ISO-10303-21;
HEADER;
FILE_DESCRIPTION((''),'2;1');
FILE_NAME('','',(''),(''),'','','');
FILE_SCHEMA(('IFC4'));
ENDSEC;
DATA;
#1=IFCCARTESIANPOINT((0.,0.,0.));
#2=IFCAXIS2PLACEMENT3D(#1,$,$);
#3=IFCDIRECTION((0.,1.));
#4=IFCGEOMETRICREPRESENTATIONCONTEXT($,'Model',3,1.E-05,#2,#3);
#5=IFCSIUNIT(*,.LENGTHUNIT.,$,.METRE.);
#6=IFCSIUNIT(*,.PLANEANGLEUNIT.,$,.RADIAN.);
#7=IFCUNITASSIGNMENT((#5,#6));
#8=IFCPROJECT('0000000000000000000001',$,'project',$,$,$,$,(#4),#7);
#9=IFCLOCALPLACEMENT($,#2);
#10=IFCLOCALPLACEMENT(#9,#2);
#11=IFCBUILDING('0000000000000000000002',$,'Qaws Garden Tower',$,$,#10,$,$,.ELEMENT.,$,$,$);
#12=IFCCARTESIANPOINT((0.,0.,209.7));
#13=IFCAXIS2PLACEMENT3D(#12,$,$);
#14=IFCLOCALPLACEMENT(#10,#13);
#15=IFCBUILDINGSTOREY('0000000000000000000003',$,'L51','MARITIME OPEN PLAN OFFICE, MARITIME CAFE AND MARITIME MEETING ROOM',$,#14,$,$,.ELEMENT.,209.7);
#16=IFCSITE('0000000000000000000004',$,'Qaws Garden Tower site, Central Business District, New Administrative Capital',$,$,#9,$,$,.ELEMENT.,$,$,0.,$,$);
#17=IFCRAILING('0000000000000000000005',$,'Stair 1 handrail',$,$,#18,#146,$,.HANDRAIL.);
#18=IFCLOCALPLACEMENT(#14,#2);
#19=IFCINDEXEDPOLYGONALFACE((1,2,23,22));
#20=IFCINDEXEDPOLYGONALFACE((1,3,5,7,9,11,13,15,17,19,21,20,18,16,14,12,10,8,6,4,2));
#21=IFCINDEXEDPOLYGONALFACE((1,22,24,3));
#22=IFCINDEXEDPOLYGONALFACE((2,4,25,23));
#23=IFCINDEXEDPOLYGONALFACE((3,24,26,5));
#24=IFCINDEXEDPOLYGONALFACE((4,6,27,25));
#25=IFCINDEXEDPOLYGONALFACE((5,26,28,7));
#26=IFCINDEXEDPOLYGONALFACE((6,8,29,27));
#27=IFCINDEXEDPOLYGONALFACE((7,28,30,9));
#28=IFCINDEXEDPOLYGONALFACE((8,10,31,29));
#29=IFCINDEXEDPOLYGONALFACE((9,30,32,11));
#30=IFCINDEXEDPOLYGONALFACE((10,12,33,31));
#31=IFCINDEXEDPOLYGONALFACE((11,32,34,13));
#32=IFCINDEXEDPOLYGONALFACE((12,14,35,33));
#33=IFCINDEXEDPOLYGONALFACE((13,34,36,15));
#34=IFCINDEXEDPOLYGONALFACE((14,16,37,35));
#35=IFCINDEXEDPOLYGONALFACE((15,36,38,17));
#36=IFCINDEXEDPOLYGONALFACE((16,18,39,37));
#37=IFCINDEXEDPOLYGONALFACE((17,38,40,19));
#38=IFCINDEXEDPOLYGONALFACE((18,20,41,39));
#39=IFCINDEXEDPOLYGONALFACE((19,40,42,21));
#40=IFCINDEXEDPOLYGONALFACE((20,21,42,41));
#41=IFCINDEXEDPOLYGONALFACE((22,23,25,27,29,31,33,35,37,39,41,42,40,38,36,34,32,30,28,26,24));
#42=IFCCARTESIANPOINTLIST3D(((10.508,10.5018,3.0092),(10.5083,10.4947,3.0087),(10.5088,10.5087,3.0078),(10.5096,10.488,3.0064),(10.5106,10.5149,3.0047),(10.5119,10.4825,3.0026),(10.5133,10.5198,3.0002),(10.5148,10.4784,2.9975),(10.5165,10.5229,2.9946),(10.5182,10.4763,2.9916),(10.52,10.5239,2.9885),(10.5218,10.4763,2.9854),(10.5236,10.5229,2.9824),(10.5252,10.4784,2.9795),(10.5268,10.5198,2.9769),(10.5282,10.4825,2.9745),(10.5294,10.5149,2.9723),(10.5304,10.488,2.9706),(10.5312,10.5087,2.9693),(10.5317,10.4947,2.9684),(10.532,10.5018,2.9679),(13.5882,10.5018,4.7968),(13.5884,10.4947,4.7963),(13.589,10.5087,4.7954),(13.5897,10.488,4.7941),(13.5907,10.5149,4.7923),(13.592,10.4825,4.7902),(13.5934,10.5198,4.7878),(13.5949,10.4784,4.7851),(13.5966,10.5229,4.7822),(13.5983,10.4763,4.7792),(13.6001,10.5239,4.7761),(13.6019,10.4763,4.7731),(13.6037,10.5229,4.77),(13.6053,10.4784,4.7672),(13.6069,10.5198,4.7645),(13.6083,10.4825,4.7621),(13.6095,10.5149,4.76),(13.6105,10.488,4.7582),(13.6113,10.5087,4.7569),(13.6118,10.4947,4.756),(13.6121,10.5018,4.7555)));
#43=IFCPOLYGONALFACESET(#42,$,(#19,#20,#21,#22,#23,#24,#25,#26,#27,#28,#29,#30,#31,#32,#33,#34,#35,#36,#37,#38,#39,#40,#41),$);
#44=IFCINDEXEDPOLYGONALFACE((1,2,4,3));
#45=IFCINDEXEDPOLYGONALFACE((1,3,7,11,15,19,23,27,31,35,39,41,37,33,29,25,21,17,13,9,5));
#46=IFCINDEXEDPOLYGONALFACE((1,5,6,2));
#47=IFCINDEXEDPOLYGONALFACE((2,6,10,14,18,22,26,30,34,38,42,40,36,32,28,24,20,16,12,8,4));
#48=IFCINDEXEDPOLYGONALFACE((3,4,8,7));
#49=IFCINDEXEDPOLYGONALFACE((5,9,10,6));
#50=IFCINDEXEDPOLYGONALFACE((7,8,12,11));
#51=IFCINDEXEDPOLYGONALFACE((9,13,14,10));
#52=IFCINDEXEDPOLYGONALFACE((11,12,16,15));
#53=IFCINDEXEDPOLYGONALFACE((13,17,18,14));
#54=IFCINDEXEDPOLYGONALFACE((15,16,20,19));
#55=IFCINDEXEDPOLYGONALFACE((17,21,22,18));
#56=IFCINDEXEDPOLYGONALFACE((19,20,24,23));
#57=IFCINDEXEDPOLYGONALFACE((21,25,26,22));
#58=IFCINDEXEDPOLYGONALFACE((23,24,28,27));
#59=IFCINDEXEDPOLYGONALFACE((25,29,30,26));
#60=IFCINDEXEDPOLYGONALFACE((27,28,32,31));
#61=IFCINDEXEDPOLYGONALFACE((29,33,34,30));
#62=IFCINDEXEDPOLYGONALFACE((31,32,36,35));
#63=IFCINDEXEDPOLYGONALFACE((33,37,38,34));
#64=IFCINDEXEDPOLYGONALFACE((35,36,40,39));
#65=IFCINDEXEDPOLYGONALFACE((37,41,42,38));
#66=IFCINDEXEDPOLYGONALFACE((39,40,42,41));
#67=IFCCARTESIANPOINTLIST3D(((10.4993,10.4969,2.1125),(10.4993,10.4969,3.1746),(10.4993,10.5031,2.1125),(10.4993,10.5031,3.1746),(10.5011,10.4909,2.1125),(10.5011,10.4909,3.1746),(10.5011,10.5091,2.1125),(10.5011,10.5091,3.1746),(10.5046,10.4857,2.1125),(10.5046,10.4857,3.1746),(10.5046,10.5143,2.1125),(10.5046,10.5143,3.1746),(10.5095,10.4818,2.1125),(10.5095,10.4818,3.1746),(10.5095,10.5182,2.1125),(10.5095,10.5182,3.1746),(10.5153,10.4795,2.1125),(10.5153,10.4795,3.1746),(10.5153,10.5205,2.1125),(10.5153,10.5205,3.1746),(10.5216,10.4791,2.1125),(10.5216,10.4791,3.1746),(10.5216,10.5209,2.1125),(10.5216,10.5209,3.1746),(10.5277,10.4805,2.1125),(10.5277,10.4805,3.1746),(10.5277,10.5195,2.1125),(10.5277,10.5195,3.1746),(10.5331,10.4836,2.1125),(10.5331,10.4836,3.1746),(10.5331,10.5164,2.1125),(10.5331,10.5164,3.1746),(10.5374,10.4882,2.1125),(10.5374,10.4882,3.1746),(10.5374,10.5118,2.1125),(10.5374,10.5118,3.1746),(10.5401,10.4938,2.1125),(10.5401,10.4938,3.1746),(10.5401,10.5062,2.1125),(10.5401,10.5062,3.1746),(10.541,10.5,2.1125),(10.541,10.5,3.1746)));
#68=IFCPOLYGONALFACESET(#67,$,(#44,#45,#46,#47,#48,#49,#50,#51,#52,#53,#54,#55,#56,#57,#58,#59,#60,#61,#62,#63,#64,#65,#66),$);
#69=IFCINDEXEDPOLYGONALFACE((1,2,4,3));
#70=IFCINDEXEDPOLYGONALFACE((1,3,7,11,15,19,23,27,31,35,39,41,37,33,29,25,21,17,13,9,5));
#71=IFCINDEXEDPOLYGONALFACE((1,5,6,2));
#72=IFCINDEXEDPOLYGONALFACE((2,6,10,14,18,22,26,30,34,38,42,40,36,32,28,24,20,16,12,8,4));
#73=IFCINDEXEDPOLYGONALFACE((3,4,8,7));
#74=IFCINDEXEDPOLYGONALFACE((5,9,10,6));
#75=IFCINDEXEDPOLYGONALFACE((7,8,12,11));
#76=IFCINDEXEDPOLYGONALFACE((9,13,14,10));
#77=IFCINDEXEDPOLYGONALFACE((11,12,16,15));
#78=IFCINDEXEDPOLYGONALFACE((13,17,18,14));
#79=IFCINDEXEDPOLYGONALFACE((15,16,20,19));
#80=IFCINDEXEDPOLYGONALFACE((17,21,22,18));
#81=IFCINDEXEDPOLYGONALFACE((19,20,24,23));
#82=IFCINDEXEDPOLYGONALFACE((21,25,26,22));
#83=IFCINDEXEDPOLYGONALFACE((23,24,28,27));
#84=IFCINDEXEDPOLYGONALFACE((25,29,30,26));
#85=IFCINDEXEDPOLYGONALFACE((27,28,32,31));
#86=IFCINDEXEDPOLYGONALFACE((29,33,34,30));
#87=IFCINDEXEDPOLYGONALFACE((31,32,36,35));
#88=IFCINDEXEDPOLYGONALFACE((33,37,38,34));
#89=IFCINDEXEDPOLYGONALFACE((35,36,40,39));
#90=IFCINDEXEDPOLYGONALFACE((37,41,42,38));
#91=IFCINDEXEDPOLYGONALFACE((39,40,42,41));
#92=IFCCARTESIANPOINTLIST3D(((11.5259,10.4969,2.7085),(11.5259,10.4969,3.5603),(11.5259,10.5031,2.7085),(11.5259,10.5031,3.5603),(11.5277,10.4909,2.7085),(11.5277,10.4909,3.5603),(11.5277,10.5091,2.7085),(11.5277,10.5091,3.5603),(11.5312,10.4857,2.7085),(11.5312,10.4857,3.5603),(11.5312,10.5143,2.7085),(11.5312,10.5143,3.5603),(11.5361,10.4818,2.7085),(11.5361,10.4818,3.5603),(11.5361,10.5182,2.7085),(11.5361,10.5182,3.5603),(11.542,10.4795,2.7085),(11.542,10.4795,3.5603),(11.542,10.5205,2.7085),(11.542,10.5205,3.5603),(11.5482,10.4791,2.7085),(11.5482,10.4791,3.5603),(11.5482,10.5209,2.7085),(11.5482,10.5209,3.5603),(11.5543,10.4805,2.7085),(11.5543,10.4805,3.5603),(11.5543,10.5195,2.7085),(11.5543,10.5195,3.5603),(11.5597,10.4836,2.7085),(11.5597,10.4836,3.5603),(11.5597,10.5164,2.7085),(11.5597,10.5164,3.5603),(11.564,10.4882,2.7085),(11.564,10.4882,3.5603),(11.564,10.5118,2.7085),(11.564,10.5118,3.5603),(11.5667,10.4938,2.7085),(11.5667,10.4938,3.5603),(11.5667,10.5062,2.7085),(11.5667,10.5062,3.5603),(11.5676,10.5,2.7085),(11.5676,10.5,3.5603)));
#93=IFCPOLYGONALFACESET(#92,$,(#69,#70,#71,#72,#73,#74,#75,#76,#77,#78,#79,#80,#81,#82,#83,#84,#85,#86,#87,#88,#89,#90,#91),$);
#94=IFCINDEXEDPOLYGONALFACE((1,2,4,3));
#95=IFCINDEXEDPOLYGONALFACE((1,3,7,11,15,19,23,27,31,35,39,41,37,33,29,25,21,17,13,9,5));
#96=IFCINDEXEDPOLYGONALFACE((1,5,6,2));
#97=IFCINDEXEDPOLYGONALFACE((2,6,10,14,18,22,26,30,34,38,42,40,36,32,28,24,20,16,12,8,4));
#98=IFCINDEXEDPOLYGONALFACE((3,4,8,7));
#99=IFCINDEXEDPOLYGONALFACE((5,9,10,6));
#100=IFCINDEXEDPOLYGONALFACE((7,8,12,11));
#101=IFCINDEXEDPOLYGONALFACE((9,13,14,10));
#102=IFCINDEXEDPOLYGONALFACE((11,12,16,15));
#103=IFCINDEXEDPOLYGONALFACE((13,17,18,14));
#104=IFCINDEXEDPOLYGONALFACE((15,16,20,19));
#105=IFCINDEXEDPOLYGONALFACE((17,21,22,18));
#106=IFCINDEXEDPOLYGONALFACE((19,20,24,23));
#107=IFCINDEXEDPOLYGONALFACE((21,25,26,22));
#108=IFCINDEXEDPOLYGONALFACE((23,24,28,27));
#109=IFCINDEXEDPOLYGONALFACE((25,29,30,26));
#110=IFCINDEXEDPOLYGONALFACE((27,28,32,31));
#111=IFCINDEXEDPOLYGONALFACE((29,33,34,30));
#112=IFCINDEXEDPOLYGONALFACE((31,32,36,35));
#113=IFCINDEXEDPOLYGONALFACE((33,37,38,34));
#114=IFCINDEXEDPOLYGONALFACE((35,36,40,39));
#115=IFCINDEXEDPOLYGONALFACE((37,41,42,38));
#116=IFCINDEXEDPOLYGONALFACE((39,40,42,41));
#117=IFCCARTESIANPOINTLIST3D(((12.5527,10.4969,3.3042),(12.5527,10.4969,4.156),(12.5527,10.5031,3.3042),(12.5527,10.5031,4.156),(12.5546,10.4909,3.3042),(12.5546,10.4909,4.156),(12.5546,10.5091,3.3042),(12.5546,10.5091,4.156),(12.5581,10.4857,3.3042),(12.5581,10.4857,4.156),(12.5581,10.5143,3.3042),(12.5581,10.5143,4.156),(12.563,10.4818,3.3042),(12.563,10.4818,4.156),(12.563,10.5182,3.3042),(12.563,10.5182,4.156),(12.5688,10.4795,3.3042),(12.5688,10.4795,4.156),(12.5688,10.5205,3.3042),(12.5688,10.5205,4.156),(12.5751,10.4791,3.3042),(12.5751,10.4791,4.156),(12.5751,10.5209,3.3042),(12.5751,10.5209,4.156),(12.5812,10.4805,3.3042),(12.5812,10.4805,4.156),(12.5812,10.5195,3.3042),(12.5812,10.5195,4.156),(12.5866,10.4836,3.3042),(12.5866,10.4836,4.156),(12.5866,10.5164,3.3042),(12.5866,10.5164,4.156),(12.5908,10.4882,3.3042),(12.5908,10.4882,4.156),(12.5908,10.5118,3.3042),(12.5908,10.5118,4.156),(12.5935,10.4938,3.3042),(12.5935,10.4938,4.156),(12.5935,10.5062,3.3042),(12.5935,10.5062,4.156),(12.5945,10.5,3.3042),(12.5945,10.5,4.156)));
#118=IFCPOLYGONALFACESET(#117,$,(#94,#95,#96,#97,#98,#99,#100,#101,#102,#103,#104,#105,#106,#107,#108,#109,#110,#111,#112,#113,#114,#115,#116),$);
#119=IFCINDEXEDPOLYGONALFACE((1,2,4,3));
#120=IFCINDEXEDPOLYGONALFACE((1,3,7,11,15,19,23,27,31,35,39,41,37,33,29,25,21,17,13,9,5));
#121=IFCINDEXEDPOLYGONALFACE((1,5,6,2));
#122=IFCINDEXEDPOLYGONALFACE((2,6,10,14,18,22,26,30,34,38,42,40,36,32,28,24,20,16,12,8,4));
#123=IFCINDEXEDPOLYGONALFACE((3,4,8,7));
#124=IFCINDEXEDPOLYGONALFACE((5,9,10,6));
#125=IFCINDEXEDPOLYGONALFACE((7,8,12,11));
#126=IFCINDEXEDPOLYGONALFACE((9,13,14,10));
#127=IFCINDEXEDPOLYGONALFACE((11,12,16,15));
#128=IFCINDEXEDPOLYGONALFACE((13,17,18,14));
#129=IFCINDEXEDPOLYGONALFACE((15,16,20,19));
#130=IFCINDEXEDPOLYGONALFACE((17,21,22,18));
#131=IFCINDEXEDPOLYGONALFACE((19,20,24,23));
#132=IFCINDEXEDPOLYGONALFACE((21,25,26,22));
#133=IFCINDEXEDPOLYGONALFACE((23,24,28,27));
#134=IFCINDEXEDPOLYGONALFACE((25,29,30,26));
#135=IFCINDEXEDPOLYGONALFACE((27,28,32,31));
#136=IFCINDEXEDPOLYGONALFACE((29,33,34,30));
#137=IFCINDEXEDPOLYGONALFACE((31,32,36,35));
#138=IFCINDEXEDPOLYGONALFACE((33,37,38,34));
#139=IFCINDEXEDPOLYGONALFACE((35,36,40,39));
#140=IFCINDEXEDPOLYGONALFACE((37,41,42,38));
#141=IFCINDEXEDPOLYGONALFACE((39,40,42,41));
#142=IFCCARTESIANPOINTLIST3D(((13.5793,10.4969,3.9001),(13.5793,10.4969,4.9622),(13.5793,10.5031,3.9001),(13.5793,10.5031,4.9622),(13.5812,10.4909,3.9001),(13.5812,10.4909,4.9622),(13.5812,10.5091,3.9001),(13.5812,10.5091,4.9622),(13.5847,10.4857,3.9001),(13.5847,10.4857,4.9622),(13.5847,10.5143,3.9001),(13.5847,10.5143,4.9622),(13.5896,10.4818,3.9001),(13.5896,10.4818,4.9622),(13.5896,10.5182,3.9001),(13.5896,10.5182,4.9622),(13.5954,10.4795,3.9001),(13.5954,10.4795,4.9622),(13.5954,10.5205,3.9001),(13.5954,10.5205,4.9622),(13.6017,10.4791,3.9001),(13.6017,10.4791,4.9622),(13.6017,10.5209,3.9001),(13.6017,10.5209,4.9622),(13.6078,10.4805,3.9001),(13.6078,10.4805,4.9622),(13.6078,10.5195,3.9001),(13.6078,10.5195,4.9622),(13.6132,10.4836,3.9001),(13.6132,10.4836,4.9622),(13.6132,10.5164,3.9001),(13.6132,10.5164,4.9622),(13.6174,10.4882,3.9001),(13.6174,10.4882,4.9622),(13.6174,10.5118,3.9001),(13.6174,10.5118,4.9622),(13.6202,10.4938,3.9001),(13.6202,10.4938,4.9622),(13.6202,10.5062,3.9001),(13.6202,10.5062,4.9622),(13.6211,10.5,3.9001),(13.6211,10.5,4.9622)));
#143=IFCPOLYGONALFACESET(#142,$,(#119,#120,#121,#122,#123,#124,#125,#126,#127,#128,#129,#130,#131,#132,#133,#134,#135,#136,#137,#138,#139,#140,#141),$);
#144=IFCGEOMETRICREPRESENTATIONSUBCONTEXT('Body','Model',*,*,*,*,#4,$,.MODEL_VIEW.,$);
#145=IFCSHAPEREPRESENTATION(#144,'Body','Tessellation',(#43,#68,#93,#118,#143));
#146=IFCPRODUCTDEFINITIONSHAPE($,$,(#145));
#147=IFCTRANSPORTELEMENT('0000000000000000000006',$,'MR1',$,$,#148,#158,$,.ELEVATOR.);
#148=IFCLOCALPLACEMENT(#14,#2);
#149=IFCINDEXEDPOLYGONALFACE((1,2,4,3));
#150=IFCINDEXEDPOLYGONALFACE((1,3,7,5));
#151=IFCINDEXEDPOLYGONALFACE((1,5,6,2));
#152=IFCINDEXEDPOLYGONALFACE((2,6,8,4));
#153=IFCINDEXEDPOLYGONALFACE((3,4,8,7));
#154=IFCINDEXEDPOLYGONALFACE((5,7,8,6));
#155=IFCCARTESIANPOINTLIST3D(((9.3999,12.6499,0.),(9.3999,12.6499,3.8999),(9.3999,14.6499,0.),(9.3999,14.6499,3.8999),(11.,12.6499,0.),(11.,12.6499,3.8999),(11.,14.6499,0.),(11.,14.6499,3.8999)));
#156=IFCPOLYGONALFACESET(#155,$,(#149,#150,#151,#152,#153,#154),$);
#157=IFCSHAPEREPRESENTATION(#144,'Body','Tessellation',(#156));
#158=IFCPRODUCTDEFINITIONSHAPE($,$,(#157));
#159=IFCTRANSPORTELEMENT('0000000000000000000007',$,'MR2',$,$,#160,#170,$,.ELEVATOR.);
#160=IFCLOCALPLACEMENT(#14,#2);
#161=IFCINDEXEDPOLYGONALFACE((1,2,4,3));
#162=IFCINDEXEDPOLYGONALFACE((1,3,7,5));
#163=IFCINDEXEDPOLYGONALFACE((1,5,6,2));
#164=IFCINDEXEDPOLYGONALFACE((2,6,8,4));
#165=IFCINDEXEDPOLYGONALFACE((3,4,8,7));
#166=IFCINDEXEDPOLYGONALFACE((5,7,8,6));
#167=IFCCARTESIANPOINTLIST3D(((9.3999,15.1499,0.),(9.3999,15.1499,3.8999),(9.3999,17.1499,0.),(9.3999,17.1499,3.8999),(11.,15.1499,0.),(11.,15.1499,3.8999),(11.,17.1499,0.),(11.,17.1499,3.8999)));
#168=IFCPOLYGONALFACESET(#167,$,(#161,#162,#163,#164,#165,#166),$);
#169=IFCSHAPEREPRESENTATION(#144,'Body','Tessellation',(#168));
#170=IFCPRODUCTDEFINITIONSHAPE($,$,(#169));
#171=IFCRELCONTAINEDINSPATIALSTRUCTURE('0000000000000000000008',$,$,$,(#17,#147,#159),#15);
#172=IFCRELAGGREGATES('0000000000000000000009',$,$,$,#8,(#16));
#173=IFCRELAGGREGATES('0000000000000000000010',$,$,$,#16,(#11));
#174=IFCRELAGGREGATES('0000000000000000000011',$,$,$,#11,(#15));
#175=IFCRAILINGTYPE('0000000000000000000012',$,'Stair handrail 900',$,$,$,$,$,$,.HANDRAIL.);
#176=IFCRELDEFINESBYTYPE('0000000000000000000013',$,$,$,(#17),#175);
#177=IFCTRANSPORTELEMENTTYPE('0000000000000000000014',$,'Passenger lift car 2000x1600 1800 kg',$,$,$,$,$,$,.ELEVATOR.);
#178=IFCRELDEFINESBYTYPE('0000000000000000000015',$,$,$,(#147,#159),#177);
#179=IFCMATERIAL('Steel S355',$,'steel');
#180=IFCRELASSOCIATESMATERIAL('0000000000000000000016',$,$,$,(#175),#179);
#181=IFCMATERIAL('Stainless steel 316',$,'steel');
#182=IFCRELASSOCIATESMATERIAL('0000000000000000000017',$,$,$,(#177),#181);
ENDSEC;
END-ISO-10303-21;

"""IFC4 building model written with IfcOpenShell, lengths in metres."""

from ifc_helpers import new_model, si_unit, direction, frame, origin, origin_2d, place, context, subcontext, project, spatial, rectangle, circle, extrude, material, type_object, element, save


model = new_model("IFC4")

# Units and contexts
model_context = context("Model", 3, precision=1e-05, world=origin(), true_north=direction((0.0, 1.0)))
body_context = subcontext(model_context, "Body", "Model", "MODEL_VIEW")
ifc_project = project(units=[si_unit("LENGTHUNIT", "METRE"), si_unit("PLANEANGLEUNIT", "RADIAN")], contexts=[model_context])

# Site, building, storey
site_placement = place(None, origin())
site = spatial("IfcSite", under=ifc_project, at=site_placement, Name="Qaws Garden Tower site, Central Business District, New Administrative Capital", CompositionType="ELEMENT", RefElevation=0.0)
building_placement = place(site_placement, origin())
building = spatial("IfcBuilding", under=site, at=building_placement, Name="Qaws Garden Tower", CompositionType="ELEMENT")
storey_placement = place(building_placement, frame((0.0, 0.0, 209.7)))
storey = spatial("IfcBuildingStorey", under=building, at=storey_placement, Name="L51", Description="MARITIME OPEN PLAN OFFICE, MARITIME CAFE AND MARITIME MEETING ROOM", CompositionType="ELEMENT", Elevation=209.7)

# Railing
ifc_material_1 = material(Name="Steel S355", Category="steel")
railing_type = type_object("IfcRailingType", Name="Stair handrail 900", PredefinedType="HANDRAIL", material=ifc_material_1)
railing_1_placement = place(storey_placement, frame((10.52, 10.5, 2.1125)))
element("IfcRailing", 1, at=railing_1_placement, inside=storey, type_object=railing_type, Name="Stair 1 handrail", PredefinedType="HANDRAIL", context=body_context, shape_type="SweptSolid", body=[
    extrude(circle(Radius=0.0239, at=origin_2d()), frame((0.0, 0.0, 0.876), z_axis=(0.864891, 0.0, 0.50196), x_axis=(0.0, 1.0, 0.0)), (0.0, 0.0, 1.0), 3.5613),
    extrude(circle(Radius=0.021, at=origin_2d()), origin(), (0.0, 0.0, 1.0), 1.062),
    extrude(circle(Radius=0.021, at=origin_2d()), frame((1.0266, 0.0, 0.5959)), (0.0, 0.0, 1.0), 0.8518),
    extrude(circle(Radius=0.021, at=origin_2d()), frame((2.0535, 0.0, 1.1917)), (0.0, 0.0, 1.0), 0.8518),
    extrude(circle(Radius=0.021, at=origin_2d()), frame((3.0801, 0.0, 1.7876)), (0.0, 0.0, 1.0), 1.062),
])

# Transport elements
ifc_material_2 = material(Name="Stainless steel 316", Category="steel")
transport_element_type = type_object("IfcTransportElementType", Name="Passenger lift car 2000x1600 1800 kg", PredefinedType="ELEVATOR", material=ifc_material_2)
for number, where, z_axis, x_axis, name in (
    (2, (10.2, 13.6499, 0.0), (0.0, 0.0, 1.0), (1.0, 0.0, 0.0), "MR1"),
    (3, (10.2, 16.1499, 0.0), (0.0, 0.0, 1.0), (1.0, 0.0, 0.0), "MR2"),
):
    element("IfcTransportElement", number, at=place(storey_placement, frame(where, z_axis=z_axis, x_axis=x_axis)), inside=storey, type_object=transport_element_type, Name=name, PredefinedType="ELEVATOR", context=body_context, shape_type="SweptSolid", body=[
        extrude(rectangle(XDim=1.6001, YDim=2.0, at=origin_2d()), origin(), (0.0, 0.0, 1.0), 3.8999),
    ])

save(model, "model.ifc")
